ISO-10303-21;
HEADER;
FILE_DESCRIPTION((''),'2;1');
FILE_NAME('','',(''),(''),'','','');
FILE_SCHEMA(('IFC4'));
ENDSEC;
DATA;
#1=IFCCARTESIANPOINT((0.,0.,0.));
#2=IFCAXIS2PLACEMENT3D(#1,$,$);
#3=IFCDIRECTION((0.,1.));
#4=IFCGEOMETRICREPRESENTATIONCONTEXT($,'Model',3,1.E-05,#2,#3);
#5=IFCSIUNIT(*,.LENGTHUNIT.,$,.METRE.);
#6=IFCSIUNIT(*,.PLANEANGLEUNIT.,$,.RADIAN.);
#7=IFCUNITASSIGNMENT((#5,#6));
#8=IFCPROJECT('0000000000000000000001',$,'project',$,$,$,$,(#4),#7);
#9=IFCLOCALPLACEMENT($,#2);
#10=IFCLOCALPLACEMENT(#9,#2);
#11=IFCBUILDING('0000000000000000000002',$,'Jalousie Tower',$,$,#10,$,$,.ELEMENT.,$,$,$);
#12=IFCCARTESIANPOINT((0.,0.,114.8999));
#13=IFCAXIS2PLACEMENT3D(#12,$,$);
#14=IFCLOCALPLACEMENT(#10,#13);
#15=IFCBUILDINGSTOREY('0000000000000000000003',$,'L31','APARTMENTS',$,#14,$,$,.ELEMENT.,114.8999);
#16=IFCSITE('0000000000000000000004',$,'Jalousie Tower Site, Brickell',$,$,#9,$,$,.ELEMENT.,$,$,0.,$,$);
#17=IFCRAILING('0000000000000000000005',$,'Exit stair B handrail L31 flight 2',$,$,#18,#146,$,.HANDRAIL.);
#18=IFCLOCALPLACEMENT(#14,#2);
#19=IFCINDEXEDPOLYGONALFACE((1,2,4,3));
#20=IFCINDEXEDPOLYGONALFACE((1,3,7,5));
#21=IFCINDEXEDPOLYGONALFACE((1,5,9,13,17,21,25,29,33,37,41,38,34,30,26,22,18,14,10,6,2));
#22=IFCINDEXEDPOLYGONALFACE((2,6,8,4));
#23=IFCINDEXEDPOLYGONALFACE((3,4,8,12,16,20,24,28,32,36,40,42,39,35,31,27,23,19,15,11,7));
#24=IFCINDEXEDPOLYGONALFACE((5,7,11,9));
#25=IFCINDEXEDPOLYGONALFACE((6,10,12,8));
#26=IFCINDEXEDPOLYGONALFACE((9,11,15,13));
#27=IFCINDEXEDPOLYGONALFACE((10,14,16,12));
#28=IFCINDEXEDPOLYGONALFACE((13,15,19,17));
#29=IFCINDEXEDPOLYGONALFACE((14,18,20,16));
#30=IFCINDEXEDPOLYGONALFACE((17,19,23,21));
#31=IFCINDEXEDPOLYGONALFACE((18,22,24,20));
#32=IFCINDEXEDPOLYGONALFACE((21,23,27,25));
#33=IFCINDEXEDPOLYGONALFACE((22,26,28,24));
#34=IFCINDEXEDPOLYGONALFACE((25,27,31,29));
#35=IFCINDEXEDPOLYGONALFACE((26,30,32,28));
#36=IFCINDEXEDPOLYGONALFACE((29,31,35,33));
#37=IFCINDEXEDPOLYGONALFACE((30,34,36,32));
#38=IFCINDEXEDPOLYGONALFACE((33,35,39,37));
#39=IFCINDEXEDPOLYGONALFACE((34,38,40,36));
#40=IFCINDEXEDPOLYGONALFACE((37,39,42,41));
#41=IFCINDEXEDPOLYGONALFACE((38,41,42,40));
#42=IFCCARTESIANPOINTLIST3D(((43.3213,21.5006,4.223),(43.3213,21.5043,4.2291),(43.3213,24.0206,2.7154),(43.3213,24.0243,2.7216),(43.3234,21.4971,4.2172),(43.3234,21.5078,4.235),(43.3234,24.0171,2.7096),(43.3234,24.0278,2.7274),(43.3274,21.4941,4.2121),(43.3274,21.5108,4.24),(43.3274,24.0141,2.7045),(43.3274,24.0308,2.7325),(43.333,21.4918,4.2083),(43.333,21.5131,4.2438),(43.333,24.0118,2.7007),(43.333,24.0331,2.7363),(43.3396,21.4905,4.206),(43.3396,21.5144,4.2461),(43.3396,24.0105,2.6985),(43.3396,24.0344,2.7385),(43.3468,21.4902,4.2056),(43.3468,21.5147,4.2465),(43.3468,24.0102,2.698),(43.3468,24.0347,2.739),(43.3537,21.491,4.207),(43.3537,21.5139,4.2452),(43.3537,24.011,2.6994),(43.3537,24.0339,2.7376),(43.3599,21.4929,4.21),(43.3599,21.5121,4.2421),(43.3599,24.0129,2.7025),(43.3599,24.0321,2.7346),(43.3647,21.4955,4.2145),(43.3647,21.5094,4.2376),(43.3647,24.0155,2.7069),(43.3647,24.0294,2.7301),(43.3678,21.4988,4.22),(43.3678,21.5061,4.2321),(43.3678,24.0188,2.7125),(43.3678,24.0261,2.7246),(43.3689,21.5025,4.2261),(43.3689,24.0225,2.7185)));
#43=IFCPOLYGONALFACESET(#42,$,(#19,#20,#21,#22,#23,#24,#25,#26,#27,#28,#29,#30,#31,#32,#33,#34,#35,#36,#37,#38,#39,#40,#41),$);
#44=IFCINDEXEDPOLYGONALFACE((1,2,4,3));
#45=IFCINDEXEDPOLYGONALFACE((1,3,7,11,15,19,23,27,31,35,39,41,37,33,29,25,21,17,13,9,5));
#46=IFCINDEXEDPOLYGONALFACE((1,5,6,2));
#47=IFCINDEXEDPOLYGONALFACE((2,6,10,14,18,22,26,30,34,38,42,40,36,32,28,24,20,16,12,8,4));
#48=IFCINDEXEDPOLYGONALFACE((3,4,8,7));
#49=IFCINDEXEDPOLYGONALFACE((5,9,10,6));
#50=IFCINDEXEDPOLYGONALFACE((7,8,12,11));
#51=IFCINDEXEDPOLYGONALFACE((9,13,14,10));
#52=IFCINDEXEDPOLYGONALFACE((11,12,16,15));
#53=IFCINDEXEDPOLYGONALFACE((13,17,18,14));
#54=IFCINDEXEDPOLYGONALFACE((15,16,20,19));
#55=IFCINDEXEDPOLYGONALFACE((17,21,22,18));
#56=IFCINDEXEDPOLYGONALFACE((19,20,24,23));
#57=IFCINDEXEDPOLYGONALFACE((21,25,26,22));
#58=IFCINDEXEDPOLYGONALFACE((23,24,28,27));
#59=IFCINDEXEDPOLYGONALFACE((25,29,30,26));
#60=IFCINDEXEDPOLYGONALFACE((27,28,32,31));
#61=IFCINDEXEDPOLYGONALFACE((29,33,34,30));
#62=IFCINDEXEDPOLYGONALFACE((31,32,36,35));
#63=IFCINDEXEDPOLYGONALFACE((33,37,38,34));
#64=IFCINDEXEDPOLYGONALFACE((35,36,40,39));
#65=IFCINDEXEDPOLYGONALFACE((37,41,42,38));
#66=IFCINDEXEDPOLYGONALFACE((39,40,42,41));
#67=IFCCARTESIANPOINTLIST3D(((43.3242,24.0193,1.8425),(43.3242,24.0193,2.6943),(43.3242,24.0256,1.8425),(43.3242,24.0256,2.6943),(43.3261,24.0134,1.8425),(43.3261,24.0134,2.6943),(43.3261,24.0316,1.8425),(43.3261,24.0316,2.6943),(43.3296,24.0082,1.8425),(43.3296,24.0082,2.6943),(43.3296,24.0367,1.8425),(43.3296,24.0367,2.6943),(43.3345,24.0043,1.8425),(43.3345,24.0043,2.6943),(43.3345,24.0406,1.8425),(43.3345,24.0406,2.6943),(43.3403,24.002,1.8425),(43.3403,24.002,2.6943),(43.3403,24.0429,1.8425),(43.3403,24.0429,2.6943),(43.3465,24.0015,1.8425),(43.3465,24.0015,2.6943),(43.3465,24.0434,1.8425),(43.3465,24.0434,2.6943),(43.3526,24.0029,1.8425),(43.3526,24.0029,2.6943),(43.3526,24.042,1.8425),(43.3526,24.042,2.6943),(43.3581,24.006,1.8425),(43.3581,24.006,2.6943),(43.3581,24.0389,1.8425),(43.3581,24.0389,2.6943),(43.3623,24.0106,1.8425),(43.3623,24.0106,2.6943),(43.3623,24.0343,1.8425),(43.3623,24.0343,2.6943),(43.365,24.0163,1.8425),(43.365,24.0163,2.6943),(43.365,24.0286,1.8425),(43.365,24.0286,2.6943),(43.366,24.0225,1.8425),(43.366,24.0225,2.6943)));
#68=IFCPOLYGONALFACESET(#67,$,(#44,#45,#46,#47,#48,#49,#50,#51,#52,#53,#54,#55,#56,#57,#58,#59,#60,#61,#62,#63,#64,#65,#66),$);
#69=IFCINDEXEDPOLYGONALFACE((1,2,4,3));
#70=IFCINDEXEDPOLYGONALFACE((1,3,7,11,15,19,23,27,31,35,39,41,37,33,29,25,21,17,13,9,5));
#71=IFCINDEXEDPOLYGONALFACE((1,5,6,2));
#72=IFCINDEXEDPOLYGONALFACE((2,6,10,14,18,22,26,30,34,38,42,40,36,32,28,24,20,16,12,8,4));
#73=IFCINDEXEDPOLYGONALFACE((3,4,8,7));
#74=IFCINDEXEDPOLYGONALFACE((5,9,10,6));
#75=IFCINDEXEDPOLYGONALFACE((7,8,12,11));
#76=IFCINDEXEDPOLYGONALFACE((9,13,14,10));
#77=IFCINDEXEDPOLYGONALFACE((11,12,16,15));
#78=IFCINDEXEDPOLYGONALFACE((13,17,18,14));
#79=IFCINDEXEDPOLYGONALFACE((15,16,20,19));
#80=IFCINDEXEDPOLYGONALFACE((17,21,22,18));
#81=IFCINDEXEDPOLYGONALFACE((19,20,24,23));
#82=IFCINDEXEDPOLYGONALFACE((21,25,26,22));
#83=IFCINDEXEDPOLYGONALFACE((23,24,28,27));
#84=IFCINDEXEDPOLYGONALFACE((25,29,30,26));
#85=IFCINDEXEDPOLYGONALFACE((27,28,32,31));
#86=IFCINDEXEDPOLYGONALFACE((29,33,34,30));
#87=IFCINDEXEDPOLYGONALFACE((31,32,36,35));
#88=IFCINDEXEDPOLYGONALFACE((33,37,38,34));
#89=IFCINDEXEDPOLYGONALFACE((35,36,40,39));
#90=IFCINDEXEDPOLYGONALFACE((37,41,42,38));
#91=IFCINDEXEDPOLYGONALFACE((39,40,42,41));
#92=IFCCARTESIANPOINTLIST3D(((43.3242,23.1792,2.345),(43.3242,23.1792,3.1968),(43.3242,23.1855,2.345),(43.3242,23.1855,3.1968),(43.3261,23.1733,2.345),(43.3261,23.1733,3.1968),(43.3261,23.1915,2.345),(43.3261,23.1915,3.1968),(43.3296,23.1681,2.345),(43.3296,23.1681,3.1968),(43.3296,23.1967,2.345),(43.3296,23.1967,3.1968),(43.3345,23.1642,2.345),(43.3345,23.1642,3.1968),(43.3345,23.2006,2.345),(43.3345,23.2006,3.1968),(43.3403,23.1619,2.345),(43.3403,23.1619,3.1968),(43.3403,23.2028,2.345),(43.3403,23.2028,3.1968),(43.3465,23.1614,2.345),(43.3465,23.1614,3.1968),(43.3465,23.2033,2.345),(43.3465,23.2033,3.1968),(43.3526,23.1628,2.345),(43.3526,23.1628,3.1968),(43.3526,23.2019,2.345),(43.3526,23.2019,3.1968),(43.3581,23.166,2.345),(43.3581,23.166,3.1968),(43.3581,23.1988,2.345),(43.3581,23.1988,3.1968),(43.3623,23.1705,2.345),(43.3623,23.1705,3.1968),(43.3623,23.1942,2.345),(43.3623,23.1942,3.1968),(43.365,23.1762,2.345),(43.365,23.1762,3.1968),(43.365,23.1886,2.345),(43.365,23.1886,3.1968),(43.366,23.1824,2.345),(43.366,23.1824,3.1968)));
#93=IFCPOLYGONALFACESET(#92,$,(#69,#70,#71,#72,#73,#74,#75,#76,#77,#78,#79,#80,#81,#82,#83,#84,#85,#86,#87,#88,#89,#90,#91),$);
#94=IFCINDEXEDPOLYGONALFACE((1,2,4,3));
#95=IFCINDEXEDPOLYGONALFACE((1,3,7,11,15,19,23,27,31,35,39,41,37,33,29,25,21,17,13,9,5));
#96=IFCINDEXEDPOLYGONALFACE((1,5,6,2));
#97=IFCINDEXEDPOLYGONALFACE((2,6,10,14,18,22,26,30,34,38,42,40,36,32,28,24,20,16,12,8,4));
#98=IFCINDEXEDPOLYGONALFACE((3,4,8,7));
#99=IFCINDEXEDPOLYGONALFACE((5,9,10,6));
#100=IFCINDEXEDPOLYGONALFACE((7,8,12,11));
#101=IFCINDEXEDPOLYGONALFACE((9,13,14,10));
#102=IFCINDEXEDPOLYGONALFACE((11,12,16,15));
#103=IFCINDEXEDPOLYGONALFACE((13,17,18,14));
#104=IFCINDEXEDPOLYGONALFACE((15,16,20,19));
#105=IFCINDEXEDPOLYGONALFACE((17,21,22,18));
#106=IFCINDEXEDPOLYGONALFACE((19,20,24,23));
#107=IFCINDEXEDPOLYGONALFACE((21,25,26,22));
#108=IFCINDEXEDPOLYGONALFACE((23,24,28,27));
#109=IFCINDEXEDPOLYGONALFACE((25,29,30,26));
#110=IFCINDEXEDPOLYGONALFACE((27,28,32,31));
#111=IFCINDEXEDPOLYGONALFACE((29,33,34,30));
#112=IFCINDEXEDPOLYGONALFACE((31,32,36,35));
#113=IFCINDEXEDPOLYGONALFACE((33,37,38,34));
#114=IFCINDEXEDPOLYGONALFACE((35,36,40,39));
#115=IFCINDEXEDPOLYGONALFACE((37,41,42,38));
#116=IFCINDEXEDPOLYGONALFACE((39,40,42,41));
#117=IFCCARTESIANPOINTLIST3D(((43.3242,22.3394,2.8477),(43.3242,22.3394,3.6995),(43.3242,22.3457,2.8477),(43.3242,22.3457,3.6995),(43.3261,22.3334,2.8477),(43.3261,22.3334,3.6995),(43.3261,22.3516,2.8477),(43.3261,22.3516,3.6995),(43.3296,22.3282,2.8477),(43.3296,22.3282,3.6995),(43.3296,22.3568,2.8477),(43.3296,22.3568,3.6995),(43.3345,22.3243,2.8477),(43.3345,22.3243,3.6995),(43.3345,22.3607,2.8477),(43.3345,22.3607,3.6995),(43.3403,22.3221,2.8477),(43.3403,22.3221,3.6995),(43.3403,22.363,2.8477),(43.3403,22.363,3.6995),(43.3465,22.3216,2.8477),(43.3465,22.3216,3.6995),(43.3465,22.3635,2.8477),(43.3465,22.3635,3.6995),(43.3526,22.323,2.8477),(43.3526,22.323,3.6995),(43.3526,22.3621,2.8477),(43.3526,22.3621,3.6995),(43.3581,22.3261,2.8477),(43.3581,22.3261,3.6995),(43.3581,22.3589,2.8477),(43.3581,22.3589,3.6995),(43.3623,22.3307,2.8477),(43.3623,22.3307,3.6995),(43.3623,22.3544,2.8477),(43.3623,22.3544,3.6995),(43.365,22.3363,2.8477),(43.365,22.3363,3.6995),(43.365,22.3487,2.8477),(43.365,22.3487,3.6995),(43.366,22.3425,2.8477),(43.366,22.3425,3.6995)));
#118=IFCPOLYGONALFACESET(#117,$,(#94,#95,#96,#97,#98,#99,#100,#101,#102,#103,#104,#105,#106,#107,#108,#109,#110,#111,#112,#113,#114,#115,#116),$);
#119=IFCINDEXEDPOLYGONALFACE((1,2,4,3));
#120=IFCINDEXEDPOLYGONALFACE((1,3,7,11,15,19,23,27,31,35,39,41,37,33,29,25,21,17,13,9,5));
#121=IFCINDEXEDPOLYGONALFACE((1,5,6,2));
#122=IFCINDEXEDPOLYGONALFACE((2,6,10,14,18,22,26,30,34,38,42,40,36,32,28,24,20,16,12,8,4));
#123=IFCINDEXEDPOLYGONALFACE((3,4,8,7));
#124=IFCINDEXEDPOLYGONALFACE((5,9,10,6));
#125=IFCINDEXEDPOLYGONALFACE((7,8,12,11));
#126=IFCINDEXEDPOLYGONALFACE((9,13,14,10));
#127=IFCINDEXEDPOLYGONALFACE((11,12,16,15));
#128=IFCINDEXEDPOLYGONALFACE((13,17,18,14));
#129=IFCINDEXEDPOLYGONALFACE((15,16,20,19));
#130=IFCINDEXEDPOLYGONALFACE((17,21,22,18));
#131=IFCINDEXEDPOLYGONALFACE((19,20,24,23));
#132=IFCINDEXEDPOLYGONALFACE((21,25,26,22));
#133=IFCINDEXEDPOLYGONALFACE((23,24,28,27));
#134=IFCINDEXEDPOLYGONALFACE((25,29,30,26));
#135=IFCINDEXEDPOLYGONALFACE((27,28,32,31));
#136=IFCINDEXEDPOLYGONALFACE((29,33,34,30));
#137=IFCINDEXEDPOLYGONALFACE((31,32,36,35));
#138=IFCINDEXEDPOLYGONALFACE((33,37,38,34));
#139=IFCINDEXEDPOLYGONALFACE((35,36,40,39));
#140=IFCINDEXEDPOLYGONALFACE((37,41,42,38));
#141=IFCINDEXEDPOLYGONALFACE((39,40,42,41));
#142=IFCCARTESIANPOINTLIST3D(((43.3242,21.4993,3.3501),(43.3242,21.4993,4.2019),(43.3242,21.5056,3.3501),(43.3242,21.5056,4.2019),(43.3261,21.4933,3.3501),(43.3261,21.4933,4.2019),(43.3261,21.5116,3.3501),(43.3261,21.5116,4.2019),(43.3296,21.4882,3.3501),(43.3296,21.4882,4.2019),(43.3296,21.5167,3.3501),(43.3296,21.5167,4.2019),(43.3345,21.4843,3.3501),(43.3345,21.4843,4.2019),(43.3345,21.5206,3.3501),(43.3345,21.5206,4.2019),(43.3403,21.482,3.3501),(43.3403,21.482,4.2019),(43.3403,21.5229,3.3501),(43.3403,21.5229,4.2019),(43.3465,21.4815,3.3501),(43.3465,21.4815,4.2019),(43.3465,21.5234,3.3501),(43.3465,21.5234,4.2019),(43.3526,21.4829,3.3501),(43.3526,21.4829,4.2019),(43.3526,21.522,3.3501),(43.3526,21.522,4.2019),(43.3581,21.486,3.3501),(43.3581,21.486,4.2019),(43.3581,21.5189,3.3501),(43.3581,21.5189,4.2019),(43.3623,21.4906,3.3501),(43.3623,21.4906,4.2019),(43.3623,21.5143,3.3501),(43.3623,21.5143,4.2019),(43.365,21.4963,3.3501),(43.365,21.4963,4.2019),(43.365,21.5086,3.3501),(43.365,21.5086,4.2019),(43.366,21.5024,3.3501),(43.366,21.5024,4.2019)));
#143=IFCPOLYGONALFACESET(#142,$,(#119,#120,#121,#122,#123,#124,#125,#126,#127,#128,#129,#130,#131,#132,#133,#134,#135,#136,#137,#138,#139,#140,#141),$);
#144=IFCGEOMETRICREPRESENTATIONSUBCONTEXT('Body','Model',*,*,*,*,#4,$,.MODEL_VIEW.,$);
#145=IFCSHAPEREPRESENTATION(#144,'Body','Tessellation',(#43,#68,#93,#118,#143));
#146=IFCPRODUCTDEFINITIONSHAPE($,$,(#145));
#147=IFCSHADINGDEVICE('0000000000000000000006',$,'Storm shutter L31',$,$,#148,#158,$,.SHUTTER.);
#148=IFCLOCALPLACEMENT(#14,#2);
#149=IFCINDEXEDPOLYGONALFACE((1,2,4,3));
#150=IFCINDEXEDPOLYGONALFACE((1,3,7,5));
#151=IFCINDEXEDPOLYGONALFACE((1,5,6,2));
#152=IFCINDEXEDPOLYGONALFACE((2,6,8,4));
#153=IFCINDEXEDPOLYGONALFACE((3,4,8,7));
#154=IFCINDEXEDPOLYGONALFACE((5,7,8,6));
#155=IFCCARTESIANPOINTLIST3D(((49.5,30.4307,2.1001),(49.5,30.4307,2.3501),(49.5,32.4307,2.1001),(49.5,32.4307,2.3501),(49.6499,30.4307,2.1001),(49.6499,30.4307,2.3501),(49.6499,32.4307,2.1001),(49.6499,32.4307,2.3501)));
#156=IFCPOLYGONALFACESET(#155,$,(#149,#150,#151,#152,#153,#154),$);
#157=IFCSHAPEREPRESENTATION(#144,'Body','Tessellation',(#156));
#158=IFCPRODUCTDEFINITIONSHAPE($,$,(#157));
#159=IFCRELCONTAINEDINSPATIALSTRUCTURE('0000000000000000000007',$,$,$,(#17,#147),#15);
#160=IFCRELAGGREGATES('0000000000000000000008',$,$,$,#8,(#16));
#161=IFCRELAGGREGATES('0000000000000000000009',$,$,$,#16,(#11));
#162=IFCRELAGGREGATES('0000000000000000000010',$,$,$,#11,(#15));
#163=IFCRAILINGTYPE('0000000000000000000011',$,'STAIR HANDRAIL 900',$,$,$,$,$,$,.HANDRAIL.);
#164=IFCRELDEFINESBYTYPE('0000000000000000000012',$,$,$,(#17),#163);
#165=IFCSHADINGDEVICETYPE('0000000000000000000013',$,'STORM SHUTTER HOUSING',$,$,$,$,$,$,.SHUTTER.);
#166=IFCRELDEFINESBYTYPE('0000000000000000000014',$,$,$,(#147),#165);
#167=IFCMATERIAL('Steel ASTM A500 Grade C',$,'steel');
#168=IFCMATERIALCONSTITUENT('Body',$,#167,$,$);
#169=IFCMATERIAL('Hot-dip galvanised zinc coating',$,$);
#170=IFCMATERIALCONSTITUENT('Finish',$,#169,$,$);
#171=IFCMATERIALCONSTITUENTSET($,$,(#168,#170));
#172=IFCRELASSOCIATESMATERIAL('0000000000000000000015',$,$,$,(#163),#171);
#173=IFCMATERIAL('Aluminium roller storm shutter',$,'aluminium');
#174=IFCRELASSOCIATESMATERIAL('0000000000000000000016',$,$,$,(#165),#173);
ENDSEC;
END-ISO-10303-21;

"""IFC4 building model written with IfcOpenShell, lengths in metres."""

from ifc_helpers import new_model, si_unit, direction, frame, origin, origin_2d, place, context, subcontext, project, spatial, rectangle, circle, extrude, material, constituent, constituent_set, type_object, element, save


model = new_model("IFC4")

# Units and contexts
model_context = context("Model", 3, precision=1e-05, world=origin(), true_north=direction((0.0, 1.0)))
body_context = subcontext(model_context, "Body", "Model", "MODEL_VIEW")
ifc_project = project(units=[si_unit("LENGTHUNIT", "METRE"), si_unit("PLANEANGLEUNIT", "RADIAN")], contexts=[model_context])

# Site, building, storey
site_placement = place(None, origin())
site = spatial("IfcSite", under=ifc_project, at=site_placement, Name="Jalousie Tower Site, Brickell", CompositionType="ELEMENT", RefElevation=0.0)
building_placement = place(site_placement, origin())
building = spatial("IfcBuilding", under=site, at=building_placement, Name="Jalousie Tower", CompositionType="ELEMENT")
storey_placement = place(building_placement, frame((0.0, 0.0, 114.8999)))
storey = spatial("IfcBuildingStorey", under=building, at=storey_placement, Name="L31", Description="APARTMENTS", CompositionType="ELEMENT", Elevation=114.8999)

# Railing
ifc_material_1 = material(Name="Steel ASTM A500 Grade C", Category="steel")
ifc_constituent_1 = constituent(ifc_material_1, Name="Body")
ifc_material_2 = material(Name="Hot-dip galvanised zinc coating")
ifc_constituent_2 = constituent(ifc_material_2, Name="Finish")
ifc_constituent_set_1 = constituent_set(constituents=[ifc_constituent_1, ifc_constituent_2])
railing_type_1 = type_object("IfcRailingType", Name="STAIR HANDRAIL 900", PredefinedType="HANDRAIL", material=ifc_constituent_set_1)
railing_1_placement = place(storey_placement, frame((43.345, 24.0225, 1.8425)))
element("IfcRailing", 1, at=railing_1_placement, inside=storey, type_object=railing_type_1, Name="Exit stair B handrail L31 flight 2", PredefinedType="HANDRAIL", context=body_context, shape_type="SweptSolid", body=[
    extrude(circle(Radius=0.0239, at=origin_2d()), frame((0.0, 0.0, 0.876), z_axis=(0.0, -0.85816, 0.513383), x_axis=(1.0, 0.0, 0.0)), (0.0, 0.0, 1.0), 2.9365),
    extrude(circle(Radius=0.021, at=origin_2d()), origin(), (0.0, 0.0, 1.0), 0.8518),
    extrude(circle(Radius=0.021, at=origin_2d()), frame((0.0, -0.8401, 0.5024)), (0.0, 0.0, 1.0), 0.8518),
    extrude(circle(Radius=0.021, at=origin_2d()), frame((0.0, -1.6799, 1.0051)), (0.0, 0.0, 1.0), 0.8518),
    extrude(circle(Radius=0.021, at=origin_2d()), frame((0.0, -2.52, 1.5076)), (0.0, 0.0, 1.0), 0.8518),
])

# Shading device
ifc_material_3 = material(Name="Aluminium roller storm shutter", Category="aluminium")
shading_device_type = type_object("IfcShadingDeviceType", Name="STORM SHUTTER HOUSING", PredefinedType="SHUTTER", material=ifc_material_3)
shading_device_placement = place(storey_placement, frame((49.575, 31.4307, 2.1001), z_axis=(0.0, 0.0, 1.0), x_axis=(0.0, 1.0, 0.0)))
element("IfcShadingDevice", 2, at=shading_device_placement, inside=storey, type_object=shading_device_type, Name="Storm shutter L31", PredefinedType="SHUTTER", context=body_context, shape_type="SweptSolid", body=[
    extrude(rectangle(XDim=2.0, YDim=0.1499, at=origin_2d()), origin(), (0.0, 0.0, 1.0), 0.25),
])

save(model, "model.ifc")
